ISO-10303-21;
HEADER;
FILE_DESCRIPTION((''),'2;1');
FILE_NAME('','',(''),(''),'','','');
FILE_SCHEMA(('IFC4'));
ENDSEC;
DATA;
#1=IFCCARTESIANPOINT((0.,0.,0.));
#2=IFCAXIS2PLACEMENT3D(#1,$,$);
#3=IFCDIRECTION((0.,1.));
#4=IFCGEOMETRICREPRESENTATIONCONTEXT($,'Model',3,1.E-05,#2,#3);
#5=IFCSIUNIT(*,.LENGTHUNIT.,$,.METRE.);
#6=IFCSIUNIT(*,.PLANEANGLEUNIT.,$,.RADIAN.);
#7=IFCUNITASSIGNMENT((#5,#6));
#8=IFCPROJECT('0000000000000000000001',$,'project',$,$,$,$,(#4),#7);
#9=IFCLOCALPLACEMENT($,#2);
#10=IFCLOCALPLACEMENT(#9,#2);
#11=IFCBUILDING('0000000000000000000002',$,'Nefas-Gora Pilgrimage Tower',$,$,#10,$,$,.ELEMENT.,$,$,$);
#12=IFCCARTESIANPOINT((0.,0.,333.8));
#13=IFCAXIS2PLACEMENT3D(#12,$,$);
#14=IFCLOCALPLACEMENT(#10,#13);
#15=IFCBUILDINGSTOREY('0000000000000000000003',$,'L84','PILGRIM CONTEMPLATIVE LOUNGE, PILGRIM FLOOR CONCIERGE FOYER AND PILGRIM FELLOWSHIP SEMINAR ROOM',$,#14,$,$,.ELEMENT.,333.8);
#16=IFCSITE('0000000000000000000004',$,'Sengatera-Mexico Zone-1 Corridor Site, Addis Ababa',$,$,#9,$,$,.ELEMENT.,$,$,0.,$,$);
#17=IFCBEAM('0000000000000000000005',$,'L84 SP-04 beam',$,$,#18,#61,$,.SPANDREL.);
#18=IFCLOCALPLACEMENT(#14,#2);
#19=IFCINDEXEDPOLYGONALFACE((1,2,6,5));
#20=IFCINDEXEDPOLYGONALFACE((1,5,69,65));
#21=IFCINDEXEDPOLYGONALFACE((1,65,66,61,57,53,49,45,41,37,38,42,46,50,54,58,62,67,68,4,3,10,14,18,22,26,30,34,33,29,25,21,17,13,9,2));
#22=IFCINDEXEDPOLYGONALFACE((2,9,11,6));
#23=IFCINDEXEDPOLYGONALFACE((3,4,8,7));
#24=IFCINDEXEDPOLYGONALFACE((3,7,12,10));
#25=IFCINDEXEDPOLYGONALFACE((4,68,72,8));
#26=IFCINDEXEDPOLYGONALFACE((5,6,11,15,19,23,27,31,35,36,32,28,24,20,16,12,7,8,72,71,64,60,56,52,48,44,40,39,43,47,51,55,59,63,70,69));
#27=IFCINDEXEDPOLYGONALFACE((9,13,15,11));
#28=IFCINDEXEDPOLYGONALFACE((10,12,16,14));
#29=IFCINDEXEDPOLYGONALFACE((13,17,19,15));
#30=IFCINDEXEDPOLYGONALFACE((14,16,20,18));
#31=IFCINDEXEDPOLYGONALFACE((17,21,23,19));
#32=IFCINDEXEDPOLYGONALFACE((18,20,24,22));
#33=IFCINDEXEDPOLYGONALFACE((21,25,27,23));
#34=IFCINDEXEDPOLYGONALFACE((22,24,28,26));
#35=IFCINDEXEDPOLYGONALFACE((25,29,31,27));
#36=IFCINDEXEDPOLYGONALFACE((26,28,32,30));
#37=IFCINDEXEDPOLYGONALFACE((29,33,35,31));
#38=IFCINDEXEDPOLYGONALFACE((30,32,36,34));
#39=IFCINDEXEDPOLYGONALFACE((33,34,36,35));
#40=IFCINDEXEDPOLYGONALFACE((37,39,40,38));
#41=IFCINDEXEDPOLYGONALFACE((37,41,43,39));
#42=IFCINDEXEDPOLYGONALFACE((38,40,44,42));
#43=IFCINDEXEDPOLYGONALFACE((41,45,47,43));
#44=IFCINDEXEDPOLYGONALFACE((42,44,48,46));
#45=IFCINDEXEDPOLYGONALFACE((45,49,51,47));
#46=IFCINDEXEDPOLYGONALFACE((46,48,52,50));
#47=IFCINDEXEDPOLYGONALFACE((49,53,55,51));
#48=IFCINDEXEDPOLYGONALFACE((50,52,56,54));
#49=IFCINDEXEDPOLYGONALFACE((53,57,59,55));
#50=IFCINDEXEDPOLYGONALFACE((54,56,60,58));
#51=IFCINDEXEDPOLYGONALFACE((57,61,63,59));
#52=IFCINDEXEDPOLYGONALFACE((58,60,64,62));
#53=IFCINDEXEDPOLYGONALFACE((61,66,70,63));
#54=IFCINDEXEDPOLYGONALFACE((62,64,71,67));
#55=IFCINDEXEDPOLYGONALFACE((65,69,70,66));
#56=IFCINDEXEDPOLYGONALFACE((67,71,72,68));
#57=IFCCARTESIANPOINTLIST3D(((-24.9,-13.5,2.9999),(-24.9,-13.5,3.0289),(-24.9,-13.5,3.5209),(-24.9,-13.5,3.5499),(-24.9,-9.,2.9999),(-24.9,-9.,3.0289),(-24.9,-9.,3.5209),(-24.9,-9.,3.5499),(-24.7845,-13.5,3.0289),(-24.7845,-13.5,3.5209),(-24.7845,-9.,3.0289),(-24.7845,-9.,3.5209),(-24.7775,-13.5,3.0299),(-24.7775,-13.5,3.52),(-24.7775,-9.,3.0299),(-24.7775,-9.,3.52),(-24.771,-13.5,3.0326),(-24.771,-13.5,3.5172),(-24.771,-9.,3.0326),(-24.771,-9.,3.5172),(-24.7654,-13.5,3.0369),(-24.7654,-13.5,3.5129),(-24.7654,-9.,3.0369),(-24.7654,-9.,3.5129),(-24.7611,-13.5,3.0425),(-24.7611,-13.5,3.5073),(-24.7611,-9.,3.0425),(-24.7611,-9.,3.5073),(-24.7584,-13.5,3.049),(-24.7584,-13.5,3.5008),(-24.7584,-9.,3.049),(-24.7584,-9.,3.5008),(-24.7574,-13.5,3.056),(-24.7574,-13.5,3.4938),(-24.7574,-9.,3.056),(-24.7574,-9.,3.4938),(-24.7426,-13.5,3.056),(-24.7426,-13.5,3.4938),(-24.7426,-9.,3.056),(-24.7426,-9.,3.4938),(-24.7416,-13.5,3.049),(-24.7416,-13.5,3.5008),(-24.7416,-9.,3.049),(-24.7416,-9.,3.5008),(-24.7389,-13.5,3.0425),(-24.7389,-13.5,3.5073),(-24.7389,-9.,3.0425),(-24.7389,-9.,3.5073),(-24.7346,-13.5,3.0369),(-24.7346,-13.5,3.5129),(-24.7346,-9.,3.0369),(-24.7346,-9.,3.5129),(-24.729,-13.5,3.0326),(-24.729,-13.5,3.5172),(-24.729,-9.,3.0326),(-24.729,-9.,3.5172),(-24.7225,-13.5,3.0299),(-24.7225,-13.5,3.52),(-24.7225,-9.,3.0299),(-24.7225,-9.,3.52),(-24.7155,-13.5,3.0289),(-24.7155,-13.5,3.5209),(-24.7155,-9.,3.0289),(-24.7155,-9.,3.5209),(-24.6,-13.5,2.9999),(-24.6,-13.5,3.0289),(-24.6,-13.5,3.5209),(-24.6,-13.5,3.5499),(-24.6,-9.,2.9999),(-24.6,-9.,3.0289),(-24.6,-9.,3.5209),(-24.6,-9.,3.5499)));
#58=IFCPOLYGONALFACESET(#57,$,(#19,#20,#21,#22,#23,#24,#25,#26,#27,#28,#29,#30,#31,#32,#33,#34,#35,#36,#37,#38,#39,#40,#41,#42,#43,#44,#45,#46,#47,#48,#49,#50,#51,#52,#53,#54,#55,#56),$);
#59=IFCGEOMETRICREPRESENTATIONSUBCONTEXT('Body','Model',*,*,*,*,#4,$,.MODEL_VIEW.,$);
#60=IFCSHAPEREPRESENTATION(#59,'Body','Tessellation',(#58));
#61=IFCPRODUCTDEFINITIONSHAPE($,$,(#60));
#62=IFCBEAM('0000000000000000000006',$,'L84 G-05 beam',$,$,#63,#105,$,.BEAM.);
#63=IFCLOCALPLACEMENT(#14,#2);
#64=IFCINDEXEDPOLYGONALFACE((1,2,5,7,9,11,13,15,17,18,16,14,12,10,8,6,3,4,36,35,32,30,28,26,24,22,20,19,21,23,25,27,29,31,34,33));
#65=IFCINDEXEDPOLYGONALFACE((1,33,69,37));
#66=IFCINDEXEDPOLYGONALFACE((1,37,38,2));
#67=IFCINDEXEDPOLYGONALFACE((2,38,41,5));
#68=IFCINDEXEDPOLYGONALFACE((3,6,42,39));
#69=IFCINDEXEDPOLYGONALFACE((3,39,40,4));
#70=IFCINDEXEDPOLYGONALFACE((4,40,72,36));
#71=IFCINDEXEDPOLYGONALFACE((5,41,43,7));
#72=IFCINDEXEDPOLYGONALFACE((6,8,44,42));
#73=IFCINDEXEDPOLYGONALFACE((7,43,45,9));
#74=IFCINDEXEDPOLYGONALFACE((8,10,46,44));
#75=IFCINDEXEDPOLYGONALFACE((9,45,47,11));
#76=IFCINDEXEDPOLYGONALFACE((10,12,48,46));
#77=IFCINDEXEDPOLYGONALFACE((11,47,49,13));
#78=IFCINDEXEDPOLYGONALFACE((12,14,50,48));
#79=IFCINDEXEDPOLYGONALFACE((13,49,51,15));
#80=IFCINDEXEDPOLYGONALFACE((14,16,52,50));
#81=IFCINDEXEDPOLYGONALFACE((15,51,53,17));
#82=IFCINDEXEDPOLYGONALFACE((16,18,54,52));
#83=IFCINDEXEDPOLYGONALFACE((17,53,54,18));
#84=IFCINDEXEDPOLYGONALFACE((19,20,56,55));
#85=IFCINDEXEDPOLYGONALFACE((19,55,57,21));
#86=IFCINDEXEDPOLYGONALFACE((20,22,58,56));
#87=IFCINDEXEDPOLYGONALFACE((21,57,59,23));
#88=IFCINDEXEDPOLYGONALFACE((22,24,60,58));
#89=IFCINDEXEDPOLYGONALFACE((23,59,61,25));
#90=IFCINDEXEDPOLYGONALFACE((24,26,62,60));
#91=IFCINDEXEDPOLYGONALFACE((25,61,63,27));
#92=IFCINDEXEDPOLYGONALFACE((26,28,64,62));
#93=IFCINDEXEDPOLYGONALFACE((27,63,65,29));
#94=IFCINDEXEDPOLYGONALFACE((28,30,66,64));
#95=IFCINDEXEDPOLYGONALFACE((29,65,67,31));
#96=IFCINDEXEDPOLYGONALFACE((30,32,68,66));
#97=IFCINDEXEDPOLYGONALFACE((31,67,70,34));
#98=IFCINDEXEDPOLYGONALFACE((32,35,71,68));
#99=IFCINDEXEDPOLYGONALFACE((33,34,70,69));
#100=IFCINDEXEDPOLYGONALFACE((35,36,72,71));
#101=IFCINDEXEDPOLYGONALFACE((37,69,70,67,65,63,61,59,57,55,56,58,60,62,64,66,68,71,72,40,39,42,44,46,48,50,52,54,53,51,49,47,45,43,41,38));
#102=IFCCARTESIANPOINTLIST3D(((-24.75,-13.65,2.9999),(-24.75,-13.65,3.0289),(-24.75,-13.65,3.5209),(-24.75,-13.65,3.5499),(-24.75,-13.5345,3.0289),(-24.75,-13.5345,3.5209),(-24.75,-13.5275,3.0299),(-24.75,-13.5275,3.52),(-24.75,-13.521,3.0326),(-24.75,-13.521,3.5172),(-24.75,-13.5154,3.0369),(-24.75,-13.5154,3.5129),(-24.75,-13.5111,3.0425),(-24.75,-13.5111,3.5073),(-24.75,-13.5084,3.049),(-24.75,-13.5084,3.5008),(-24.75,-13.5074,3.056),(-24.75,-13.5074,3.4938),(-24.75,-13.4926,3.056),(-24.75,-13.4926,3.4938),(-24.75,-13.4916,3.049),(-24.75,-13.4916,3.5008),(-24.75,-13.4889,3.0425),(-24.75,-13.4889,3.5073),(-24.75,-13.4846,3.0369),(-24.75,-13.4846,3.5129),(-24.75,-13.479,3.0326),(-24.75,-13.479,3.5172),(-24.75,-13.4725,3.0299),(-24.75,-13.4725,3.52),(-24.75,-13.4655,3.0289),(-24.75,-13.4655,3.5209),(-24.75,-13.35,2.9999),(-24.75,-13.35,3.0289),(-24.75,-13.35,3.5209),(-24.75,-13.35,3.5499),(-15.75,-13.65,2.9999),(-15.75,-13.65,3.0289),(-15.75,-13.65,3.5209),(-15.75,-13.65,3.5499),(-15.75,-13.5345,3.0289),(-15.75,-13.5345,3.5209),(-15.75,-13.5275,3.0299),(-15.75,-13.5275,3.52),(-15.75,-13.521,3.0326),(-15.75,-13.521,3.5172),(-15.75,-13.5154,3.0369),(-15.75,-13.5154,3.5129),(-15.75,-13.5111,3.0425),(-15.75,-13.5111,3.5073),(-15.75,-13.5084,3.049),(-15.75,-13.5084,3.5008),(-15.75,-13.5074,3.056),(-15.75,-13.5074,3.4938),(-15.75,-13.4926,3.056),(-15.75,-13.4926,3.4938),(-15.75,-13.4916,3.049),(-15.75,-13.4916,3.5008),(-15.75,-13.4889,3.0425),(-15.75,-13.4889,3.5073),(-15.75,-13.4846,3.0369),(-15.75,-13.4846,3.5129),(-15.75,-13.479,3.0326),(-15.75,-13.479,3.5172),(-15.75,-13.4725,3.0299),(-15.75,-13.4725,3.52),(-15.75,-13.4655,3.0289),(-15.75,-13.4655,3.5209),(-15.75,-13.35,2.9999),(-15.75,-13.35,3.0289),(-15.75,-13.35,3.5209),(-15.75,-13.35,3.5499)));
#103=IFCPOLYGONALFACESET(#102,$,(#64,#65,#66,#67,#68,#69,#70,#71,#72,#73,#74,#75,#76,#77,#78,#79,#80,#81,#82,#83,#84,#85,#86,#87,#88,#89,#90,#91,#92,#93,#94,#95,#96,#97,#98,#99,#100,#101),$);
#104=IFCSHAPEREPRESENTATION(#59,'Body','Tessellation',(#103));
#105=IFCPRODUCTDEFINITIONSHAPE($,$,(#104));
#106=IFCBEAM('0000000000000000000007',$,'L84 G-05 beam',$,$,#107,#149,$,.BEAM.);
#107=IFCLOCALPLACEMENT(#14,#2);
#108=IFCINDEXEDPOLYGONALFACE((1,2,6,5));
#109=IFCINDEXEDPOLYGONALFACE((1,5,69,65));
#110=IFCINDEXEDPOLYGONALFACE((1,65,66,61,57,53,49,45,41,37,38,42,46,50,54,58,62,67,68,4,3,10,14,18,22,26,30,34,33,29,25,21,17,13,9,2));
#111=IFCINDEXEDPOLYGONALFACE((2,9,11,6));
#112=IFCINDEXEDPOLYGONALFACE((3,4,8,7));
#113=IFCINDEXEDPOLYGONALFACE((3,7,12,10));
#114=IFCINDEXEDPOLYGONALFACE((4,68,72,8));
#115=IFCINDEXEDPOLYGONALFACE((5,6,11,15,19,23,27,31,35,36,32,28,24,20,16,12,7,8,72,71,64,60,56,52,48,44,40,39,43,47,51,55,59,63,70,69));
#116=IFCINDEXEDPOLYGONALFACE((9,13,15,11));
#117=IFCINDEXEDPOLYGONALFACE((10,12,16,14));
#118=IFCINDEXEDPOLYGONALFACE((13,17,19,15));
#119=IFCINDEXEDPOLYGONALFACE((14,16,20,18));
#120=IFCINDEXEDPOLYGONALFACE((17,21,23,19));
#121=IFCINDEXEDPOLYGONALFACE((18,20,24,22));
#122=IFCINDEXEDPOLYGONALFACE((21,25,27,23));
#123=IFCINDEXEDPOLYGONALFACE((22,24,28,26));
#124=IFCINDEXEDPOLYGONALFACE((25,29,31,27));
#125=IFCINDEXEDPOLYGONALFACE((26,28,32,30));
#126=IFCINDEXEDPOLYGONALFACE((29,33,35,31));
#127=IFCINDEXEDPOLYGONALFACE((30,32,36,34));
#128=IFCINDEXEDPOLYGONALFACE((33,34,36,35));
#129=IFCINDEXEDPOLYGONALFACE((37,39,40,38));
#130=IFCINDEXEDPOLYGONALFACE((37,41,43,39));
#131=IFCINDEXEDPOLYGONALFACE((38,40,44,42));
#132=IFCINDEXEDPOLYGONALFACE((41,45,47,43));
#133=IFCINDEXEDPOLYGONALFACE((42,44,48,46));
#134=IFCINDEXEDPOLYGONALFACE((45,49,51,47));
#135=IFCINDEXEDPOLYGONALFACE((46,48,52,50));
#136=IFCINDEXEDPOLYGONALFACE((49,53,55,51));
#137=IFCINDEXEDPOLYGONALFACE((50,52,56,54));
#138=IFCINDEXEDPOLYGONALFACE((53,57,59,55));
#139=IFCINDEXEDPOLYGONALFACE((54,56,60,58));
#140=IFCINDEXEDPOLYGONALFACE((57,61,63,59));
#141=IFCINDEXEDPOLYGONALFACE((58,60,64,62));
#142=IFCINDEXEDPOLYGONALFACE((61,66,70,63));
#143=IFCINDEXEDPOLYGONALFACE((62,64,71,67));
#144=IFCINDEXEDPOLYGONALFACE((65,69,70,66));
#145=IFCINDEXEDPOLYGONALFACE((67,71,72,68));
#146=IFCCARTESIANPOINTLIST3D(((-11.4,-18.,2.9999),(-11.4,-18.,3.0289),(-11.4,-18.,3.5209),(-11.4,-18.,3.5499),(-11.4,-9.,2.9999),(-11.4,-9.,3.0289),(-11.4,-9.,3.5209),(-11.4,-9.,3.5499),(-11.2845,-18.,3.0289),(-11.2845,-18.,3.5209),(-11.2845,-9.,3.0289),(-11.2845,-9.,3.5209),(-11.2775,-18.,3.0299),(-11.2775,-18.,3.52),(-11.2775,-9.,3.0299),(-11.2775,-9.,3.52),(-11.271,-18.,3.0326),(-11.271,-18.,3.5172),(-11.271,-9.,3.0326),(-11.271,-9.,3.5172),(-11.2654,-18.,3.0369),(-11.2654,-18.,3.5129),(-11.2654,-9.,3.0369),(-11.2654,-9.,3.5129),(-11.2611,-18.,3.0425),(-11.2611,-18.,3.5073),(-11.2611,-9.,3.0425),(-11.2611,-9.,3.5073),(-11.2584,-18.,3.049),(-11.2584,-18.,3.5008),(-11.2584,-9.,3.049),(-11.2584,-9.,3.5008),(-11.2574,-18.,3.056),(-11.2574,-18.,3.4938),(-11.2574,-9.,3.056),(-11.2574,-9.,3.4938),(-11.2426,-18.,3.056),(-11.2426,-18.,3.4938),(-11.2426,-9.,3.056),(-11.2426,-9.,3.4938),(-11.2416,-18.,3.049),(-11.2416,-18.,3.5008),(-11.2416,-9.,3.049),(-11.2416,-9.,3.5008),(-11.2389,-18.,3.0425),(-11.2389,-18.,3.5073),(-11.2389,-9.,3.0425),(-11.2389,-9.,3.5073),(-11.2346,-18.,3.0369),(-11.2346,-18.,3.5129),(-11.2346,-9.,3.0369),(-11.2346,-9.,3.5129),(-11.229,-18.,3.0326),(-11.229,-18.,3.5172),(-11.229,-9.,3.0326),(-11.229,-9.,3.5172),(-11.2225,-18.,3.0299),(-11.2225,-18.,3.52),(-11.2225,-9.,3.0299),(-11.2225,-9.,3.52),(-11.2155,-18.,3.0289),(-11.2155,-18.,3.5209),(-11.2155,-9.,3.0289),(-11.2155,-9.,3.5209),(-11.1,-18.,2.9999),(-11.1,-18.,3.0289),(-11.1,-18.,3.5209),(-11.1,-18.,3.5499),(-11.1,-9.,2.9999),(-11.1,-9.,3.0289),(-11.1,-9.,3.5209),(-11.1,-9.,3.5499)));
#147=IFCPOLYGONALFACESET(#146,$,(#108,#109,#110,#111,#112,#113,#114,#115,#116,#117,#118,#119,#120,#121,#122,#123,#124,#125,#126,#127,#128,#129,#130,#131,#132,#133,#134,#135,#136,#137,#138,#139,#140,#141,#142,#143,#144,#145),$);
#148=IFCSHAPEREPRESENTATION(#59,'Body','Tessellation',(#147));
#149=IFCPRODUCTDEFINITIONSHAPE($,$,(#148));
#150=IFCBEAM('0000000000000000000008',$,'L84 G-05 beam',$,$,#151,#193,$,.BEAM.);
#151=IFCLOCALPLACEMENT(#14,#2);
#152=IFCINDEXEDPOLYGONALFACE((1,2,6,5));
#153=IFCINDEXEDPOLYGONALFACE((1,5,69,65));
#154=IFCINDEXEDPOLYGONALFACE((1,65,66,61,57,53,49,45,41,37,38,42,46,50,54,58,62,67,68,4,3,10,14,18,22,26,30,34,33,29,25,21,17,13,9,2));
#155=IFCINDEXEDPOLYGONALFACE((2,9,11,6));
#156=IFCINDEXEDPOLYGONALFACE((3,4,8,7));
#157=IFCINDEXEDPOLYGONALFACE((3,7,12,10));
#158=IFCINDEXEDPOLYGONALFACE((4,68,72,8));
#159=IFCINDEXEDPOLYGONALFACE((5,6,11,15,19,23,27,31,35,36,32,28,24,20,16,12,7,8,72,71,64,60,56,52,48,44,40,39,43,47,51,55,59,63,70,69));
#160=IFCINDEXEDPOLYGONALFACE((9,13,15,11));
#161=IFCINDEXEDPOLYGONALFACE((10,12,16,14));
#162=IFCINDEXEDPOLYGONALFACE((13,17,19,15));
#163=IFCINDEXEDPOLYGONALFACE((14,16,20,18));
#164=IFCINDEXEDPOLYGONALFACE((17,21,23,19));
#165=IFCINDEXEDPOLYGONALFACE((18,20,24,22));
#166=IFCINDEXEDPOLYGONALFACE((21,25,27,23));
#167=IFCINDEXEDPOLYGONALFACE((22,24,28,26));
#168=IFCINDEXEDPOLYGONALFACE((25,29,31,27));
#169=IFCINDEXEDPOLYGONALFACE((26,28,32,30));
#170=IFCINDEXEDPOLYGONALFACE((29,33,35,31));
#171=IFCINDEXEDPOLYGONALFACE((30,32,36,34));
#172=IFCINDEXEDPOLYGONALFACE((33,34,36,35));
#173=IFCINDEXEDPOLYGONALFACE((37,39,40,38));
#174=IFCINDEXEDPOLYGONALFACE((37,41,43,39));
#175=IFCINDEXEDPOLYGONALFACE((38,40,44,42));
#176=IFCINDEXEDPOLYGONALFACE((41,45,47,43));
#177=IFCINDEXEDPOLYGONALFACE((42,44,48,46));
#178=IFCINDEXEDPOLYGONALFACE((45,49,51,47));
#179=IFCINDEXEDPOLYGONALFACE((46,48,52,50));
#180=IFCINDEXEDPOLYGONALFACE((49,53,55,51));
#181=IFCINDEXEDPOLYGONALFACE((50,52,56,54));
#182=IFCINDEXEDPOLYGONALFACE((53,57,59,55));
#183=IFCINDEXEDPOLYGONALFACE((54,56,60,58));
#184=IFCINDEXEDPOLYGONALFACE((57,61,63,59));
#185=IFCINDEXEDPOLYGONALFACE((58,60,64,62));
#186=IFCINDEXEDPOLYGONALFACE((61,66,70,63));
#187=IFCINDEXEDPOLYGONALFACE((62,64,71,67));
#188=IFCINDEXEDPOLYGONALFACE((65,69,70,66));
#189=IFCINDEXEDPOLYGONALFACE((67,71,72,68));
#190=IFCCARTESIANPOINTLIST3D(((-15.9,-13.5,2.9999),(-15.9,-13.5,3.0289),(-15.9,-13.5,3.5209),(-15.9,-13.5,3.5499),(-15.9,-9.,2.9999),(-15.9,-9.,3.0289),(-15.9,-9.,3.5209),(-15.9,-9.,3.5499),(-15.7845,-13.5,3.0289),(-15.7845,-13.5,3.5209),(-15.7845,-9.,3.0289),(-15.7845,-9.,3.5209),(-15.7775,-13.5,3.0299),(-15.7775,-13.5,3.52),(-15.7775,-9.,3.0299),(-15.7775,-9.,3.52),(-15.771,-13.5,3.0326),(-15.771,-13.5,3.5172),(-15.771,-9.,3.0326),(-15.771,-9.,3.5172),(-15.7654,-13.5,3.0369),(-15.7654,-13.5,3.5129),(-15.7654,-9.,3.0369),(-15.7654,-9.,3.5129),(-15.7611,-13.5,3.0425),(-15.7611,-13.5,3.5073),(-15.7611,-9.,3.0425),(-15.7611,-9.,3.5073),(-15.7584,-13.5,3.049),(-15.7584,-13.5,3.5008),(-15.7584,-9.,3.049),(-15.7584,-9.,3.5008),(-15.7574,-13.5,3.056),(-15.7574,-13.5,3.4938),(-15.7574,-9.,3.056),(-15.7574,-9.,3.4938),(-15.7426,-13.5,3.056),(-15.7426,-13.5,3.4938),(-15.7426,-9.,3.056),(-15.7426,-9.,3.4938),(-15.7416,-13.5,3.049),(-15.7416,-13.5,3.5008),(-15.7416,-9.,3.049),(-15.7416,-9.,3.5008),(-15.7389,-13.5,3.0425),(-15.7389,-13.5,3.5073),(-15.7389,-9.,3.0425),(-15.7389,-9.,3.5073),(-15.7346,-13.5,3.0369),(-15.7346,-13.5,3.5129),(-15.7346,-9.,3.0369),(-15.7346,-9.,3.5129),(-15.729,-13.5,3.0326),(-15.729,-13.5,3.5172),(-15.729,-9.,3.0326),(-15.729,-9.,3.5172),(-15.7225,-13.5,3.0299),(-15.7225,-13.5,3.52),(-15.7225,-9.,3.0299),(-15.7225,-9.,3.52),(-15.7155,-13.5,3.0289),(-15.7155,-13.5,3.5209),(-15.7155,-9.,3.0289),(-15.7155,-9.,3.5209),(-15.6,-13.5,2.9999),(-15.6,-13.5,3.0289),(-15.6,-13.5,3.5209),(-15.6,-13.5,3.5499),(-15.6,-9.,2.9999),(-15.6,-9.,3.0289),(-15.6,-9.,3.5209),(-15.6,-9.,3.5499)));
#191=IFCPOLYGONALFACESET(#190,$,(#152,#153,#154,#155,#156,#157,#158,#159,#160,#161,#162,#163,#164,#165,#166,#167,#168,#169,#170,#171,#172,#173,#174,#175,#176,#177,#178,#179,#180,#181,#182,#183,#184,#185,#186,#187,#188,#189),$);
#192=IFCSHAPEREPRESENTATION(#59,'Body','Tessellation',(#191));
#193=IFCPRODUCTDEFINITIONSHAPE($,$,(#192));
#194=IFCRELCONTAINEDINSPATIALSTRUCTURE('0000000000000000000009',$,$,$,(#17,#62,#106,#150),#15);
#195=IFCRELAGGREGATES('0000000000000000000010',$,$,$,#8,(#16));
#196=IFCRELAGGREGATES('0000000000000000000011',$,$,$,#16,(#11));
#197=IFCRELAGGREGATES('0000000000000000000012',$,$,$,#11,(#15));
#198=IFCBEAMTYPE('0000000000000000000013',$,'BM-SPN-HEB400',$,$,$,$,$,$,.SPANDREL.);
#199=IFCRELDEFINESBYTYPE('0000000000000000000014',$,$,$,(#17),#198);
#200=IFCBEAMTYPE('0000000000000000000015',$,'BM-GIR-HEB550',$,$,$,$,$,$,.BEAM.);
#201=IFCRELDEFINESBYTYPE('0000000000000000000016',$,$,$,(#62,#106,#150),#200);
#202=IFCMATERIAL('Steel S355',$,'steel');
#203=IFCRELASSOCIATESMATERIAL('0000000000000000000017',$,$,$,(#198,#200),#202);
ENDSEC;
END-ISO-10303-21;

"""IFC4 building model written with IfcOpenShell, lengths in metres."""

from ifc_helpers import new_model, si_unit, direction, frame, origin, origin_2d, place, context, subcontext, project, spatial, i_section, extrude, source, transform, mapped, material, material_profile, profile_set, type_object, element, save


model = new_model("IFC4")

# Units and contexts
model_context = context("Model", 3, precision=1e-05, world=origin(), true_north=direction((0.0, 1.0)))
body_context = subcontext(model_context, "Body", "Model", "MODEL_VIEW")
ifc_project = project(units=[si_unit("LENGTHUNIT", "METRE"), si_unit("PLANEANGLEUNIT", "RADIAN")], contexts=[model_context])

# Site, building, storey
site_placement = place(None, origin())
site = spatial("IfcSite", under=ifc_project, at=site_placement, Name="Sengatera-Mexico Zone-1 Corridor Site, Addis Ababa", CompositionType="ELEMENT", RefElevation=0.0)
building_placement = place(site_placement, origin())
building = spatial("IfcBuilding", under=site, at=building_placement, Name="Nefas-Gora Pilgrimage Tower", CompositionType="ELEMENT")
storey_placement = place(building_placement, frame((0.0, 0.0, 333.8)))
storey = spatial("IfcBuildingStorey", under=building, at=storey_placement, Name="L84", Description="PILGRIM CONTEMPLATIVE LOUNGE, PILGRIM FLOOR CONCIERGE FOYER AND PILGRIM FELLOWSHIP SEMINAR ROOM", CompositionType="ELEMENT", Elevation=333.8)

# Shared definitions
ifc_material_1 = material(Name="Steel S355", Category="steel")

# Beams
ifc_material_profile_1 = material_profile(ifc_material_1, i_section(OverallWidth=0.3, OverallDepth=0.55, WebThickness=0.0149, FlangeThickness=0.0291, FilletRadius=0.0271, at=origin_2d()), Name="HEB 550")
ifc_profile_set_1 = profile_set([ifc_material_profile_1], Name="Steel S355")
beam_type_1 = type_object("IfcBeamType", Name="BM-SPN-HEB400", PredefinedType="SPANDREL", material=ifc_profile_set_1)
shared_shape_1 = source(origin(), body_context, "Body", "SweptSolid", [
    extrude(i_section(OverallWidth=0.3, OverallDepth=0.55, WebThickness=0.0149, FlangeThickness=0.0291, FilletRadius=0.0271, at=origin_2d()), origin(), (0.0, 0.0, 1.0), 4.5),
])
beam_1_placement = place(storey_placement, frame((-24.75, -13.5, 3.2749), z_axis=(0.0, 1.0, 0.0), x_axis=(-1.0, 0.0, 0.0)))
element("IfcBeam", 1, at=beam_1_placement, inside=storey, type_object=beam_type_1, Name="L84 SP-04 beam", PredefinedType="SPANDREL", context=body_context, shape_type="MappedRepresentation", body=[
    mapped(shared_shape_1, transform((0.0, 0.0, 0.0), x_axis=(1.0, 0.0, 0.0), y_axis=(0.0, 1.0, 0.0), z_axis=(0.0, 0.0, 1.0), scale=1.0)),
])
ifc_material_profile_2 = material_profile(ifc_material_1, i_section(OverallWidth=0.3, OverallDepth=0.55, WebThickness=0.0149, FlangeThickness=0.0291, FilletRadius=0.0271, at=origin_2d()), Name="HEB 550")
ifc_profile_set_2 = profile_set([ifc_material_profile_2], Name="Steel S355")
beam_type_2 = type_object("IfcBeamType", Name="BM-GIR-HEB550", PredefinedType="BEAM", material=ifc_profile_set_2)
shared_shape_2 = source(origin(), body_context, "Body", "SweptSolid", [
    extrude(i_section(OverallWidth=0.3, OverallDepth=0.55, WebThickness=0.0149, FlangeThickness=0.0291, FilletRadius=0.0271, at=origin_2d()), origin(), (0.0, 0.0, 1.0), 9.0),
])
for number, where, z_axis, x_axis, name in (
    (2, (-24.75, -13.5, 3.2749), (1.0, 0.0, 0.0), (0.0, 1.0, 0.0), "L84 G-05 beam"),
    (3, (-11.25, -18.0, 3.2749), (0.0, 1.0, 0.0), (-1.0, 0.0, 0.0), "L84 G-05 beam"),
):
    element("IfcBeam", number, at=place(storey_placement, frame(where, z_axis=z_axis, x_axis=x_axis)), inside=storey, type_object=beam_type_2, Name=name, PredefinedType="BEAM", context=body_context, shape_type="MappedRepresentation", body=[
        mapped(shared_shape_2, transform((0.0, 0.0, 0.0), x_axis=(1.0, 0.0, 0.0), y_axis=(0.0, 1.0, 0.0), z_axis=(0.0, 0.0, 1.0), scale=1.0)),
    ])
shared_shape_3 = source(origin(), body_context, "Body", "SweptSolid", [
    extrude(i_section(OverallWidth=0.3, OverallDepth=0.55, WebThickness=0.0149, FlangeThickness=0.0291, FilletRadius=0.0271, at=origin_2d()), origin(), (0.0, 0.0, 1.0), 4.5),
])
beam_2_placement = place(storey_placement, frame((-15.75, -13.5, 3.2749), z_axis=(0.0, 1.0, 0.0), x_axis=(-1.0, 0.0, 0.0)))
element("IfcBeam", 4, at=beam_2_placement, inside=storey, type_object=beam_type_2, Name="L84 G-05 beam", PredefinedType="BEAM", context=body_context, shape_type="MappedRepresentation", body=[
    mapped(shared_shape_3, transform((0.0, 0.0, 0.0), x_axis=(1.0, 0.0, 0.0), y_axis=(0.0, 1.0, 0.0), z_axis=(0.0, 0.0, 1.0), scale=1.0)),
])

save(model, "model.ifc")
